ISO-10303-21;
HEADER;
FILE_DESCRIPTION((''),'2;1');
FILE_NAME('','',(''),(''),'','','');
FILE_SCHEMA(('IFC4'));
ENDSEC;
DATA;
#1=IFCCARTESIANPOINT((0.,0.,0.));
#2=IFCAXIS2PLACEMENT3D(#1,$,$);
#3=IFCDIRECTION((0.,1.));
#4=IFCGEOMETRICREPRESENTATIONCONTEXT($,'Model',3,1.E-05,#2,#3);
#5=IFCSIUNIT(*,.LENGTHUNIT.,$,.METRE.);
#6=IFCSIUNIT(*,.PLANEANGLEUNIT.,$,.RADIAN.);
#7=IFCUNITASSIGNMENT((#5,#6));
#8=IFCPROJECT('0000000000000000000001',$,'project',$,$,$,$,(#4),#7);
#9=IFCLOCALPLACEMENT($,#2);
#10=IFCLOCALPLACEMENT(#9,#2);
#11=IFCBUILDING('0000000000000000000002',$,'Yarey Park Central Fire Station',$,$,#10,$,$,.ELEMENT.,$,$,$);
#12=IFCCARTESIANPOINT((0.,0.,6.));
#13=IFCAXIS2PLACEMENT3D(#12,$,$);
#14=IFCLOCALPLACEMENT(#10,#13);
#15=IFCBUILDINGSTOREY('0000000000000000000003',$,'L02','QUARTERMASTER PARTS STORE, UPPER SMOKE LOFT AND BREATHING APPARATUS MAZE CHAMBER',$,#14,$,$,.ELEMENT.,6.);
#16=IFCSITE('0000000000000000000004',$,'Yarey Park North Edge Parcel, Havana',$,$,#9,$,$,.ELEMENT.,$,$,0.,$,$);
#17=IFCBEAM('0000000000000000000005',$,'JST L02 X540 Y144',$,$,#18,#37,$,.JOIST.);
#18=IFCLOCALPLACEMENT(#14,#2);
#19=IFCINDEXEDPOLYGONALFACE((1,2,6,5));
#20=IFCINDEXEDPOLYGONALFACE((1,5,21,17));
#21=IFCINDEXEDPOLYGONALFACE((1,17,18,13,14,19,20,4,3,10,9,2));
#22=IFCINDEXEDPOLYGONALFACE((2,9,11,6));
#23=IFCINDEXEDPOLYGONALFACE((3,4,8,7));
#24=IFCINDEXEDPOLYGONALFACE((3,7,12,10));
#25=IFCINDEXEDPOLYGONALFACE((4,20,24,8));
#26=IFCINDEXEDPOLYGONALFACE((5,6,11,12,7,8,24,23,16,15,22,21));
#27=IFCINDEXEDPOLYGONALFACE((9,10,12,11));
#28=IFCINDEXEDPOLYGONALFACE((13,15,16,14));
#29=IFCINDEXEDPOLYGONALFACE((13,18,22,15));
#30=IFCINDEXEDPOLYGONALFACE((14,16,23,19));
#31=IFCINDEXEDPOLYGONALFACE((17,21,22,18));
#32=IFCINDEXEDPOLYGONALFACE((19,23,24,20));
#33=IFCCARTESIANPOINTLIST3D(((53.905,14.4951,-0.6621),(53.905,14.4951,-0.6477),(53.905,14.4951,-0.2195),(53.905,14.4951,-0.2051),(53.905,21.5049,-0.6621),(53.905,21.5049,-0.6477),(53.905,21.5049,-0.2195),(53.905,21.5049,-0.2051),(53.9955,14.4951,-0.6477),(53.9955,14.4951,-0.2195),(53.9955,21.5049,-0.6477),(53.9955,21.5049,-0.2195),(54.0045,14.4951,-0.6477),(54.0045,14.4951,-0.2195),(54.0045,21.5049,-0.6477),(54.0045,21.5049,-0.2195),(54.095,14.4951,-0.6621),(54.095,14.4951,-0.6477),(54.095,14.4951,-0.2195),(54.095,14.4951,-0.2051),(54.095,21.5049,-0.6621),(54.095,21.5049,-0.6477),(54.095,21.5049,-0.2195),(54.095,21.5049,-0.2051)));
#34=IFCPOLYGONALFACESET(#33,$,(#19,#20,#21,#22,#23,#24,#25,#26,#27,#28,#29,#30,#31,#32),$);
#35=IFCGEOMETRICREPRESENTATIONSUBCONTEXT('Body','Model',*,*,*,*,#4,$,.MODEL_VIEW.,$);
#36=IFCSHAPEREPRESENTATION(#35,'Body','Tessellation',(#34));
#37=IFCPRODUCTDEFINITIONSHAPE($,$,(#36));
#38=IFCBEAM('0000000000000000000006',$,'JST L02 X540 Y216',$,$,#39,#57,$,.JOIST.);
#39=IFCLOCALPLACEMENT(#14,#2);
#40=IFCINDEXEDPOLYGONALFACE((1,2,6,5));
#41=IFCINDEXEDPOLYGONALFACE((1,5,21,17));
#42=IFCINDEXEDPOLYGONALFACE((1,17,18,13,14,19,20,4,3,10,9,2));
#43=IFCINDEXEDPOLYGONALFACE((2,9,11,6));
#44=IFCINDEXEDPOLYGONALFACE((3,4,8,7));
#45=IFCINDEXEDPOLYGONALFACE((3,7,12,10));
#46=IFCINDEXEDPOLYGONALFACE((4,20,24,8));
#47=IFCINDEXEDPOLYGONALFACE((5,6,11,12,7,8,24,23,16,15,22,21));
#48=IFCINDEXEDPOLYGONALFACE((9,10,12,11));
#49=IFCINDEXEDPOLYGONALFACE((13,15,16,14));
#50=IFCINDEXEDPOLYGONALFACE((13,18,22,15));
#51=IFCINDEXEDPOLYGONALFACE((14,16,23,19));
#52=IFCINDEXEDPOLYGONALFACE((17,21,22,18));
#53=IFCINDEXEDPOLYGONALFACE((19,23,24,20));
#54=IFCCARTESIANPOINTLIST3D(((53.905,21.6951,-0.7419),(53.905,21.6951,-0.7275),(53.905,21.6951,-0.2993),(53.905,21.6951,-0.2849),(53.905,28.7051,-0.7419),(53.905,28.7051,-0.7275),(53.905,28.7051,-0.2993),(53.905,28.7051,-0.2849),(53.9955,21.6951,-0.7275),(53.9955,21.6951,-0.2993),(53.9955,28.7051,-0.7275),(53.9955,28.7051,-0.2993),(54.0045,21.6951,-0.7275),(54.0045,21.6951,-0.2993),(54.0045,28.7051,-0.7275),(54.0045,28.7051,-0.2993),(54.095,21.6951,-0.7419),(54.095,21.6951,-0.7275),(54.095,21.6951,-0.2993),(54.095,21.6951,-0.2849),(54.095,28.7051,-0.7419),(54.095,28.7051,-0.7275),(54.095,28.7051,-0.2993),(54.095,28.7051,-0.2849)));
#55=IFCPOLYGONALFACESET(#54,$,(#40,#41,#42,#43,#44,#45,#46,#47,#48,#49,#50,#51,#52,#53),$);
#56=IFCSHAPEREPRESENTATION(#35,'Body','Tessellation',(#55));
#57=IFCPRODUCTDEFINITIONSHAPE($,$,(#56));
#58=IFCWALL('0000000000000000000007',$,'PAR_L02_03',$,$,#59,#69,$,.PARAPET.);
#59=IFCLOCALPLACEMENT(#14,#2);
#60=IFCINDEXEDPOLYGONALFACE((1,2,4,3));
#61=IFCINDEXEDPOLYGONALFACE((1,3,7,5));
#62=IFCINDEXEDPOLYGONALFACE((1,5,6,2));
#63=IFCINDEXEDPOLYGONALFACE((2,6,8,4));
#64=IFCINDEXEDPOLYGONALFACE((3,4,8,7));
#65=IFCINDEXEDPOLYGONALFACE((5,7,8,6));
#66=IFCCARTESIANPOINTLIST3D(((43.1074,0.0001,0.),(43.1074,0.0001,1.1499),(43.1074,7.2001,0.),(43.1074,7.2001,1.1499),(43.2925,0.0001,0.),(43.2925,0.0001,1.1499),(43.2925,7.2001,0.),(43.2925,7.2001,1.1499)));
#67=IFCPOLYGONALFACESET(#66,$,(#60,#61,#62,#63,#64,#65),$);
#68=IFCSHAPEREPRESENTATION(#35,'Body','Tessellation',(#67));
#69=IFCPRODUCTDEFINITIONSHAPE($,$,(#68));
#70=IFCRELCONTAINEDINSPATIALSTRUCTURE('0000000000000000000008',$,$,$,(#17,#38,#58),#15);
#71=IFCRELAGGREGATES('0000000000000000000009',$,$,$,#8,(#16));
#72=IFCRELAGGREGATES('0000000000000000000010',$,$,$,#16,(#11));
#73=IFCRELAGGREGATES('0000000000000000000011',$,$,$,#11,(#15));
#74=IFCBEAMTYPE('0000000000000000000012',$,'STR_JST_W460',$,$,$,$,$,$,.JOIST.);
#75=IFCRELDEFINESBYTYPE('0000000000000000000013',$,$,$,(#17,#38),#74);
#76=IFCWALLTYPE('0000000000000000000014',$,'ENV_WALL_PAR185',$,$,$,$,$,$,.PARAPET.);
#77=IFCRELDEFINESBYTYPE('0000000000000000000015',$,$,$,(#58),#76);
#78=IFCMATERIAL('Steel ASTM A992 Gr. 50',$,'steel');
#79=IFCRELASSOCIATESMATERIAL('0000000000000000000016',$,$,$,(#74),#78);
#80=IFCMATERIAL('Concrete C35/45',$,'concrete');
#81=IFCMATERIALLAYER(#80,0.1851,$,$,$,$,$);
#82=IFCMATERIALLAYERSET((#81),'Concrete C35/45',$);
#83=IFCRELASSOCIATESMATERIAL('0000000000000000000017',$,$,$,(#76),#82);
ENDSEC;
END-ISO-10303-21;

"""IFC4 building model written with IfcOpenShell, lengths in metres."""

from ifc_helpers import new_model, si_unit, direction, frame, frame_2d, origin, origin_2d, place, context, subcontext, project, spatial, rectangle, i_section, extrude, material, layer, layer_set, material_profile, profile_set, type_object, element, save


model = new_model("IFC4")

# Units and contexts
model_context = context("Model", 3, precision=1e-05, world=origin(), true_north=direction((0.0, 1.0)))
body_context = subcontext(model_context, "Body", "Model", "MODEL_VIEW")
ifc_project = project(units=[si_unit("LENGTHUNIT", "METRE"), si_unit("PLANEANGLEUNIT", "RADIAN")], contexts=[model_context])

# Site, building, storey
site_placement = place(None, origin())
site = spatial("IfcSite", under=ifc_project, at=site_placement, Name="Yarey Park North Edge Parcel, Havana", CompositionType="ELEMENT", RefElevation=0.0)
building_placement = place(site_placement, origin())
building = spatial("IfcBuilding", under=site, at=building_placement, Name="Yarey Park Central Fire Station", CompositionType="ELEMENT")
storey_placement = place(building_placement, frame((0.0, 0.0, 6.0)))
storey = spatial("IfcBuildingStorey", under=building, at=storey_placement, Name="L02", Description="QUARTERMASTER PARTS STORE, UPPER SMOKE LOFT AND BREATHING APPARATUS MAZE CHAMBER", CompositionType="ELEMENT", Elevation=6.0)

# Shared definitions
ifc_material_1 = material(Name="Steel ASTM A992 Gr. 50", Category="steel")

# Beams
ifc_material_profile_1 = material_profile(ifc_material_1, i_section(OverallWidth=0.1899, OverallDepth=0.457, WebThickness=0.009, FlangeThickness=0.0144, at=origin_2d()), Name="W460x74")
ifc_profile_set_1 = profile_set([ifc_material_profile_1], Name="Steel ASTM A992 Gr. 50")
beam_type_1 = type_object("IfcBeamType", Name="STR_JST_W460", PredefinedType="JOIST", material=ifc_profile_set_1)
beam_1_placement = place(storey_placement, frame((54.0, 14.4951, -0.4336), z_axis=(0.0, 1.0, 0.0), x_axis=(-1.0, 0.0, 0.0)))
element("IfcBeam", 1, at=beam_1_placement, inside=storey, type_object=beam_type_1, Name="JST L02 X540 Y144", PredefinedType="JOIST", context=body_context, shape_type="SweptSolid", body=[
    extrude(i_section(OverallWidth=0.1899, OverallDepth=0.457, WebThickness=0.009, FlangeThickness=0.0144, at=origin_2d()), origin(), (0.0, 0.0, 1.0), 7.0098),
])
beam_2_placement = place(storey_placement, frame((54.0, 21.6951, -0.5134), z_axis=(0.0, 1.0, 0.0), x_axis=(-1.0, 0.0, 0.0)))
element("IfcBeam", 2, at=beam_2_placement, inside=storey, type_object=beam_type_1, Name="JST L02 X540 Y216", PredefinedType="JOIST", context=body_context, shape_type="SweptSolid", body=[
    extrude(i_section(OverallWidth=0.1899, OverallDepth=0.457, WebThickness=0.009, FlangeThickness=0.0144, at=origin_2d()), origin(), (0.0, 0.0, 1.0), 7.01),
])

# Wall
ifc_material_2 = material(Name="Concrete C35/45", Category="concrete")
ifc_layer = layer(ifc_material_2, 0.1851)
ifc_layer_set = layer_set([ifc_layer], Name="Concrete C35/45")
wall_type = type_object("IfcWallType", Name="ENV_WALL_PAR185", PredefinedType="PARAPET", material=ifc_layer_set)
wall_placement = place(storey_placement, frame((43.2, 0.0, 0.0), z_axis=(0.0, 0.0, 1.0), x_axis=(0.0, 1.0, 0.0)))
element("IfcWall", 3, at=wall_placement, inside=storey, type_object=wall_type, Name="PAR_L02_03", PredefinedType="PARAPET", context=body_context, shape_type="SweptSolid", body=[
    extrude(rectangle(XDim=7.2, YDim=0.1851, at=frame_2d((3.6001, 0.0))), origin(), (0.0, 0.0, 1.0), 1.1499),
])

save(model, "model.ifc")
